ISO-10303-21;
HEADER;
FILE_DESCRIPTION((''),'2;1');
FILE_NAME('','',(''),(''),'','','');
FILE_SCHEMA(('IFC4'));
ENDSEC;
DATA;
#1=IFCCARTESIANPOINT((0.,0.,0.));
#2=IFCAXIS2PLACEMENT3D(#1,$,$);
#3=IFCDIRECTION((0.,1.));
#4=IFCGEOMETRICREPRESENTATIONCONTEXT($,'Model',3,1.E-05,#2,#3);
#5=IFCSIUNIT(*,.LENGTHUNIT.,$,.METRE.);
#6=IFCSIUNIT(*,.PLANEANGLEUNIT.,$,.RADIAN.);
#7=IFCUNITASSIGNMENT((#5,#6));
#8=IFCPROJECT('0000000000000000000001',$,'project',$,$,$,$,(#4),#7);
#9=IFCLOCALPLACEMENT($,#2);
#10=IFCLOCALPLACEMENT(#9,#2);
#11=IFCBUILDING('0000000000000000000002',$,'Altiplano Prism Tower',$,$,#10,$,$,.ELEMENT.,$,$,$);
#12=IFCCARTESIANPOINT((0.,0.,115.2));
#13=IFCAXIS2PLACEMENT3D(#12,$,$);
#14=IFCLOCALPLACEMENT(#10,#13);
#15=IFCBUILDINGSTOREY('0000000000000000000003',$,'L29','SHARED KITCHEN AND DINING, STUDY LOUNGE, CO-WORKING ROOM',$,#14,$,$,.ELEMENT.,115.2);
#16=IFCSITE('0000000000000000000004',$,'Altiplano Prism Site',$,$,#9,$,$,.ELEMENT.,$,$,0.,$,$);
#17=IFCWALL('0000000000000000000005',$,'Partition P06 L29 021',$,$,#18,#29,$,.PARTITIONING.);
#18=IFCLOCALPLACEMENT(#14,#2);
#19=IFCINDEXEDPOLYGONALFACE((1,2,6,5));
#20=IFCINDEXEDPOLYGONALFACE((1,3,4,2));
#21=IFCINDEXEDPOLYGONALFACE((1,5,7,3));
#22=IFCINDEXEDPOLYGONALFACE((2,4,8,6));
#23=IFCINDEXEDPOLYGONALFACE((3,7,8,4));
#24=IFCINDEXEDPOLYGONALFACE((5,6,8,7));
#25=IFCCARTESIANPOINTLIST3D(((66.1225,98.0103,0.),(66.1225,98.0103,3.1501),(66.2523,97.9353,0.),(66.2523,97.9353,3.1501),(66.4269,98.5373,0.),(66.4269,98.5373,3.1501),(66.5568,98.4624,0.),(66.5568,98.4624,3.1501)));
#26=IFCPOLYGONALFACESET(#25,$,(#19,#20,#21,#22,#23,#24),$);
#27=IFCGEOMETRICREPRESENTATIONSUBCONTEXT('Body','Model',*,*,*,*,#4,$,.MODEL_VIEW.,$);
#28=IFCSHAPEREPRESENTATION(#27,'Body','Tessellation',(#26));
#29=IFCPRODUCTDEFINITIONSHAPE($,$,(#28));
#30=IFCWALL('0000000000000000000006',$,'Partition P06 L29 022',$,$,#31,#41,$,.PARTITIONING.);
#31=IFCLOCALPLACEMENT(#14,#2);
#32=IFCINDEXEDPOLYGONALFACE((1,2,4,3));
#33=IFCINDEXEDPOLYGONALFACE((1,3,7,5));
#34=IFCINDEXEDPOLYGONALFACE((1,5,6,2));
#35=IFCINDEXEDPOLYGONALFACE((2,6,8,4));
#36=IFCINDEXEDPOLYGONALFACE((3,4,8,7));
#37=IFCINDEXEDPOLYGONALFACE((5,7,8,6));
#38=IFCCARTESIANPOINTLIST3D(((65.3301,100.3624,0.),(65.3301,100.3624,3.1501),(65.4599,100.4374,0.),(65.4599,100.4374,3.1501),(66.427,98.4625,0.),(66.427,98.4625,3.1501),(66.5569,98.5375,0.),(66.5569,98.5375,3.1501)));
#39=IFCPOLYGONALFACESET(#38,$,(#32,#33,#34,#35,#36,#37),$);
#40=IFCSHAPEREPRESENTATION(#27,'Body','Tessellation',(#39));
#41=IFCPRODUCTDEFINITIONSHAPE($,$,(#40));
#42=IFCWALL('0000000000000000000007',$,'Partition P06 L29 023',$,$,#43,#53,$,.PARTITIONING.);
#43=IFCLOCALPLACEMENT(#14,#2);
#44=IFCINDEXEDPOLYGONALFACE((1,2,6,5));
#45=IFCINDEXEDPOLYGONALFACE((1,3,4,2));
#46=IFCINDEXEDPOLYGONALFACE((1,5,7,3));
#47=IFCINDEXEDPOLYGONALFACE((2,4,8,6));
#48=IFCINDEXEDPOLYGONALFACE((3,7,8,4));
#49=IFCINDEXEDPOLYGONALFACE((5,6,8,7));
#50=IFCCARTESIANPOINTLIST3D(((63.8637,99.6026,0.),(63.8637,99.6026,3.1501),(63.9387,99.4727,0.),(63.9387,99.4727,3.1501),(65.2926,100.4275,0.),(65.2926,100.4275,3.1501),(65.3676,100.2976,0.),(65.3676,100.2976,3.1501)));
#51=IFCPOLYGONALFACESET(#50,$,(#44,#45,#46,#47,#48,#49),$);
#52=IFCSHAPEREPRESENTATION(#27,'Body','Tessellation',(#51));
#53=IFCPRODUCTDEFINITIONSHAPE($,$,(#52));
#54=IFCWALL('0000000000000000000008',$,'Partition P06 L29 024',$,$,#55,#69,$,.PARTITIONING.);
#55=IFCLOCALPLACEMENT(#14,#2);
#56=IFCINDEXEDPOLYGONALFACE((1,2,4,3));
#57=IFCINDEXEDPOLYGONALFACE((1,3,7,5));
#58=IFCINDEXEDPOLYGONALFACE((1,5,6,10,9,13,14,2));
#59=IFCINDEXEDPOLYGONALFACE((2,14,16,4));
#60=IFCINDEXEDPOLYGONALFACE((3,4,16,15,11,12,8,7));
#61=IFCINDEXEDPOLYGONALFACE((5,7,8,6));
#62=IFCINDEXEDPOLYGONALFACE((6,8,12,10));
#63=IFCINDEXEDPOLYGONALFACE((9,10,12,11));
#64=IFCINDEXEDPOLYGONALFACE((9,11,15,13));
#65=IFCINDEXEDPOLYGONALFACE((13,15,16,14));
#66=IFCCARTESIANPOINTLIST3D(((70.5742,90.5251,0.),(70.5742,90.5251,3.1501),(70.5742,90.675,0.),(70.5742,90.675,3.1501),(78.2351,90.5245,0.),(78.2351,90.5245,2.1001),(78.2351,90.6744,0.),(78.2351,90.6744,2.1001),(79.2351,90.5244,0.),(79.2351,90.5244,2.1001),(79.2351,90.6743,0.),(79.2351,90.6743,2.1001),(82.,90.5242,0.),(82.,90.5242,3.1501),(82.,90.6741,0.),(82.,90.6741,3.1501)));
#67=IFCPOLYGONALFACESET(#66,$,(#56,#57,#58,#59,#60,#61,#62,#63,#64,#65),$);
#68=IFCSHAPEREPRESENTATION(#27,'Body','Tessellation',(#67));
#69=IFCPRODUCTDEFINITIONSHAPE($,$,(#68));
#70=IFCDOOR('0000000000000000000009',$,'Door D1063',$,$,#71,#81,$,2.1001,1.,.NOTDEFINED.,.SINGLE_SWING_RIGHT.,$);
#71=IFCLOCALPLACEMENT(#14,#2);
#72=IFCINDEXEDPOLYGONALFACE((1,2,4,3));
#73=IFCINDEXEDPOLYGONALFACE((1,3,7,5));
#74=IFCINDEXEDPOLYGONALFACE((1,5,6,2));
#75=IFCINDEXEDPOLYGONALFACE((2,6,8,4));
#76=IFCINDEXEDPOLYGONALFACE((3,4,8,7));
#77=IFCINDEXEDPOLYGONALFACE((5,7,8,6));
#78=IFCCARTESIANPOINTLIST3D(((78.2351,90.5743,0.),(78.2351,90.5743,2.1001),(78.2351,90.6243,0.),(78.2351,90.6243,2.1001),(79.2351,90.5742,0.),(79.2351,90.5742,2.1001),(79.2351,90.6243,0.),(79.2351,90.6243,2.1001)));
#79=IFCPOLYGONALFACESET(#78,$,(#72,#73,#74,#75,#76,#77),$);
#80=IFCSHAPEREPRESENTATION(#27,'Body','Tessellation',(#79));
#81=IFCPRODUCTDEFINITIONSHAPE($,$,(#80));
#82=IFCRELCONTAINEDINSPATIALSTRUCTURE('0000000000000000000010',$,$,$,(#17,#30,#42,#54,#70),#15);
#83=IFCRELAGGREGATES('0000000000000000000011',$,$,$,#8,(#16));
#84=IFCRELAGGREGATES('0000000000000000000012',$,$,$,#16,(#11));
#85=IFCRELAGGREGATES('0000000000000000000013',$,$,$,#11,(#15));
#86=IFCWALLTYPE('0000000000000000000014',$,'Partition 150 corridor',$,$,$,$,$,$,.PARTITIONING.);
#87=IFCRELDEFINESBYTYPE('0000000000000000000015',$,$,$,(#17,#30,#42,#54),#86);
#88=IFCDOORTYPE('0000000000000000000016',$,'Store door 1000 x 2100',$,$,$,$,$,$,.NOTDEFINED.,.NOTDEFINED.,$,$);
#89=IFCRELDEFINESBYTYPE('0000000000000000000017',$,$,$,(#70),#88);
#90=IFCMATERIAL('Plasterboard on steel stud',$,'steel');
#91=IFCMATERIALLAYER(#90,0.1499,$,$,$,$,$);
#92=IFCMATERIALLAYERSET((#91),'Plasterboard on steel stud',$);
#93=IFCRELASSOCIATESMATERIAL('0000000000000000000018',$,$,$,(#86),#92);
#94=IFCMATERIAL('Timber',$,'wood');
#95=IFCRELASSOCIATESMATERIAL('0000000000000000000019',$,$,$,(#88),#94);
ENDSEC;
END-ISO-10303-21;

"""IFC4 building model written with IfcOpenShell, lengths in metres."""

from ifc_helpers import new_model, si_unit, direction, frame, frame_2d, origin, place, context, subcontext, project, spatial, rectangle, extrude, material, layer, layer_set, type_object, element, fill, save


model = new_model("IFC4")

# Units and contexts
model_context = context("Model", 3, precision=1e-05, world=origin(), true_north=direction((0.0, 1.0)))
body_context = subcontext(model_context, "Body", "Model", "MODEL_VIEW")
ifc_project = project(units=[si_unit("LENGTHUNIT", "METRE"), si_unit("PLANEANGLEUNIT", "RADIAN")], contexts=[model_context])

# Site, building, storey
site_placement = place(None, origin())
site = spatial("IfcSite", under=ifc_project, at=site_placement, Name="Altiplano Prism Site", CompositionType="ELEMENT", RefElevation=0.0)
building_placement = place(site_placement, origin())
building = spatial("IfcBuilding", under=site, at=building_placement, Name="Altiplano Prism Tower", CompositionType="ELEMENT")
storey_placement = place(building_placement, frame((0.0, 0.0, 115.2)))
storey = spatial("IfcBuildingStorey", under=building, at=storey_placement, Name="L29", Description="SHARED KITCHEN AND DINING, STUDY LOUNGE, CO-WORKING ROOM", CompositionType="ELEMENT", Elevation=115.2)

# Shared definitions
ifc_material_1 = material(Name="Plasterboard on steel stud", Category="steel")
ifc_layer = layer(ifc_material_1, 0.1499)
ifc_layer_set = layer_set([ifc_layer], Name="Plasterboard on steel stud")
wall_type = type_object("IfcWallType", Name="Partition 150 corridor", PredefinedType="PARTITIONING", material=ifc_layer_set)

# Shared definitions
ifc_material_2 = material(Name="Timber", Category="wood")

# Walls
wall_1_placement = place(storey_placement, frame((66.1875, 97.9729, 0.0), z_axis=(0.0, 0.0, 1.0), x_axis=(0.500151, 0.865938, 0.0)))
element("IfcWall", 1, at=wall_1_placement, inside=storey, type_object=wall_type, Name="Partition P06 L29 021", PredefinedType="PARTITIONING", context=body_context, shape_type="SweptSolid", body=[
    extrude(rectangle(XDim=0.6086, YDim=0.1499, at=frame_2d((0.3042, 0.0))), origin(), (0.0, 0.0, 1.0), 3.1501),
])
wall_2_placement = place(storey_placement, frame((66.4919, 98.5, 0.0), z_axis=(0.0, 0.0, 1.0), x_axis=(-0.500005, 0.866023, 0.0)))
element("IfcWall", 2, at=wall_2_placement, inside=storey, type_object=wall_type, Name="Partition P06 L29 022", PredefinedType="PARTITIONING", context=body_context, shape_type="SweptSolid", body=[
    extrude(rectangle(XDim=2.1938, YDim=0.1499, at=frame_2d((1.0969, 0.0))), origin(), (0.0, 0.0, 1.0), 3.1501),
])
wall_3_placement = place(storey_placement, frame((65.3301, 100.3625, 0.0), z_axis=(0.0, 0.0, 1.0), x_axis=(-0.86604, -0.499974, 0.0)))
element("IfcWall", 3, at=wall_3_placement, inside=storey, type_object=wall_type, Name="Partition P06 L29 023", PredefinedType="PARTITIONING", context=body_context, shape_type="SweptSolid", body=[
    extrude(rectangle(XDim=1.6499, YDim=0.1499, at=frame_2d((0.825, 0.0))), origin(), (0.0, 0.0, 1.0), 3.1501),
])

# Wall, opening, door
wall_4_placement = place(storey_placement, frame((70.5742, 90.6001, 0.0), z_axis=(0.0, 0.0, 1.0), x_axis=(1.0, -0.000085, 0.0)))
wall_4 = element("IfcWall", 4, at=wall_4_placement, inside=storey, type_object=wall_type, Name="Partition P06 L29 024", PredefinedType="PARTITIONING", context=body_context, shape_type="SweptSolid", body=[
    extrude(rectangle(XDim=11.4258, YDim=0.1499, at=frame_2d((5.7129, 0.0))), origin(), (0.0, 0.0, 1.0), 3.1501),
])
opening_1_placement = place(wall_4_placement, frame((7.6609, 0.0, 0.0)))
opening_1 = element("IfcOpeningElement", 5, at=opening_1_placement, cuts=wall_4, PredefinedType="OPENING", context=body_context, shape_type="SweptSolid", body=[
    extrude(rectangle(XDim=1.0, YDim=2.1001, at=frame_2d((0.5, 1.05))), frame((0.0, 0.0854, 0.0), z_axis=(0.0, -1.0, 0.0), x_axis=(1.0, 0.0, 0.0)), (0.0, 0.0, 1.0), 0.1709),
])
door_type_1 = type_object("IfcDoorType", Name="Store door 1000 x 2100", OperationType="NOTDEFINED", PredefinedType="NOTDEFINED", material=ifc_material_2)
door_1_placement = place(opening_1_placement, origin())
door_1 = element("IfcDoor", 6, at=door_1_placement, inside=storey, type_object=door_type_1, Name="Door D1063", OperationType="SINGLE_SWING_RIGHT", OverallHeight=2.1001, OverallWidth=1.0, PredefinedType="NOTDEFINED", context=body_context, shape_type="SweptSolid", body=[
    extrude(rectangle(XDim=1.0, YDim=2.1001, at=frame_2d((0.5, 1.05))), frame((0.0, 0.0249, 0.0), z_axis=(0.0, -1.0, 0.0), x_axis=(1.0, 0.0, 0.0)), (0.0, 0.0, 1.0), 0.05),
])
fill(opening_1, door_1)

save(model, "model.ifc")
